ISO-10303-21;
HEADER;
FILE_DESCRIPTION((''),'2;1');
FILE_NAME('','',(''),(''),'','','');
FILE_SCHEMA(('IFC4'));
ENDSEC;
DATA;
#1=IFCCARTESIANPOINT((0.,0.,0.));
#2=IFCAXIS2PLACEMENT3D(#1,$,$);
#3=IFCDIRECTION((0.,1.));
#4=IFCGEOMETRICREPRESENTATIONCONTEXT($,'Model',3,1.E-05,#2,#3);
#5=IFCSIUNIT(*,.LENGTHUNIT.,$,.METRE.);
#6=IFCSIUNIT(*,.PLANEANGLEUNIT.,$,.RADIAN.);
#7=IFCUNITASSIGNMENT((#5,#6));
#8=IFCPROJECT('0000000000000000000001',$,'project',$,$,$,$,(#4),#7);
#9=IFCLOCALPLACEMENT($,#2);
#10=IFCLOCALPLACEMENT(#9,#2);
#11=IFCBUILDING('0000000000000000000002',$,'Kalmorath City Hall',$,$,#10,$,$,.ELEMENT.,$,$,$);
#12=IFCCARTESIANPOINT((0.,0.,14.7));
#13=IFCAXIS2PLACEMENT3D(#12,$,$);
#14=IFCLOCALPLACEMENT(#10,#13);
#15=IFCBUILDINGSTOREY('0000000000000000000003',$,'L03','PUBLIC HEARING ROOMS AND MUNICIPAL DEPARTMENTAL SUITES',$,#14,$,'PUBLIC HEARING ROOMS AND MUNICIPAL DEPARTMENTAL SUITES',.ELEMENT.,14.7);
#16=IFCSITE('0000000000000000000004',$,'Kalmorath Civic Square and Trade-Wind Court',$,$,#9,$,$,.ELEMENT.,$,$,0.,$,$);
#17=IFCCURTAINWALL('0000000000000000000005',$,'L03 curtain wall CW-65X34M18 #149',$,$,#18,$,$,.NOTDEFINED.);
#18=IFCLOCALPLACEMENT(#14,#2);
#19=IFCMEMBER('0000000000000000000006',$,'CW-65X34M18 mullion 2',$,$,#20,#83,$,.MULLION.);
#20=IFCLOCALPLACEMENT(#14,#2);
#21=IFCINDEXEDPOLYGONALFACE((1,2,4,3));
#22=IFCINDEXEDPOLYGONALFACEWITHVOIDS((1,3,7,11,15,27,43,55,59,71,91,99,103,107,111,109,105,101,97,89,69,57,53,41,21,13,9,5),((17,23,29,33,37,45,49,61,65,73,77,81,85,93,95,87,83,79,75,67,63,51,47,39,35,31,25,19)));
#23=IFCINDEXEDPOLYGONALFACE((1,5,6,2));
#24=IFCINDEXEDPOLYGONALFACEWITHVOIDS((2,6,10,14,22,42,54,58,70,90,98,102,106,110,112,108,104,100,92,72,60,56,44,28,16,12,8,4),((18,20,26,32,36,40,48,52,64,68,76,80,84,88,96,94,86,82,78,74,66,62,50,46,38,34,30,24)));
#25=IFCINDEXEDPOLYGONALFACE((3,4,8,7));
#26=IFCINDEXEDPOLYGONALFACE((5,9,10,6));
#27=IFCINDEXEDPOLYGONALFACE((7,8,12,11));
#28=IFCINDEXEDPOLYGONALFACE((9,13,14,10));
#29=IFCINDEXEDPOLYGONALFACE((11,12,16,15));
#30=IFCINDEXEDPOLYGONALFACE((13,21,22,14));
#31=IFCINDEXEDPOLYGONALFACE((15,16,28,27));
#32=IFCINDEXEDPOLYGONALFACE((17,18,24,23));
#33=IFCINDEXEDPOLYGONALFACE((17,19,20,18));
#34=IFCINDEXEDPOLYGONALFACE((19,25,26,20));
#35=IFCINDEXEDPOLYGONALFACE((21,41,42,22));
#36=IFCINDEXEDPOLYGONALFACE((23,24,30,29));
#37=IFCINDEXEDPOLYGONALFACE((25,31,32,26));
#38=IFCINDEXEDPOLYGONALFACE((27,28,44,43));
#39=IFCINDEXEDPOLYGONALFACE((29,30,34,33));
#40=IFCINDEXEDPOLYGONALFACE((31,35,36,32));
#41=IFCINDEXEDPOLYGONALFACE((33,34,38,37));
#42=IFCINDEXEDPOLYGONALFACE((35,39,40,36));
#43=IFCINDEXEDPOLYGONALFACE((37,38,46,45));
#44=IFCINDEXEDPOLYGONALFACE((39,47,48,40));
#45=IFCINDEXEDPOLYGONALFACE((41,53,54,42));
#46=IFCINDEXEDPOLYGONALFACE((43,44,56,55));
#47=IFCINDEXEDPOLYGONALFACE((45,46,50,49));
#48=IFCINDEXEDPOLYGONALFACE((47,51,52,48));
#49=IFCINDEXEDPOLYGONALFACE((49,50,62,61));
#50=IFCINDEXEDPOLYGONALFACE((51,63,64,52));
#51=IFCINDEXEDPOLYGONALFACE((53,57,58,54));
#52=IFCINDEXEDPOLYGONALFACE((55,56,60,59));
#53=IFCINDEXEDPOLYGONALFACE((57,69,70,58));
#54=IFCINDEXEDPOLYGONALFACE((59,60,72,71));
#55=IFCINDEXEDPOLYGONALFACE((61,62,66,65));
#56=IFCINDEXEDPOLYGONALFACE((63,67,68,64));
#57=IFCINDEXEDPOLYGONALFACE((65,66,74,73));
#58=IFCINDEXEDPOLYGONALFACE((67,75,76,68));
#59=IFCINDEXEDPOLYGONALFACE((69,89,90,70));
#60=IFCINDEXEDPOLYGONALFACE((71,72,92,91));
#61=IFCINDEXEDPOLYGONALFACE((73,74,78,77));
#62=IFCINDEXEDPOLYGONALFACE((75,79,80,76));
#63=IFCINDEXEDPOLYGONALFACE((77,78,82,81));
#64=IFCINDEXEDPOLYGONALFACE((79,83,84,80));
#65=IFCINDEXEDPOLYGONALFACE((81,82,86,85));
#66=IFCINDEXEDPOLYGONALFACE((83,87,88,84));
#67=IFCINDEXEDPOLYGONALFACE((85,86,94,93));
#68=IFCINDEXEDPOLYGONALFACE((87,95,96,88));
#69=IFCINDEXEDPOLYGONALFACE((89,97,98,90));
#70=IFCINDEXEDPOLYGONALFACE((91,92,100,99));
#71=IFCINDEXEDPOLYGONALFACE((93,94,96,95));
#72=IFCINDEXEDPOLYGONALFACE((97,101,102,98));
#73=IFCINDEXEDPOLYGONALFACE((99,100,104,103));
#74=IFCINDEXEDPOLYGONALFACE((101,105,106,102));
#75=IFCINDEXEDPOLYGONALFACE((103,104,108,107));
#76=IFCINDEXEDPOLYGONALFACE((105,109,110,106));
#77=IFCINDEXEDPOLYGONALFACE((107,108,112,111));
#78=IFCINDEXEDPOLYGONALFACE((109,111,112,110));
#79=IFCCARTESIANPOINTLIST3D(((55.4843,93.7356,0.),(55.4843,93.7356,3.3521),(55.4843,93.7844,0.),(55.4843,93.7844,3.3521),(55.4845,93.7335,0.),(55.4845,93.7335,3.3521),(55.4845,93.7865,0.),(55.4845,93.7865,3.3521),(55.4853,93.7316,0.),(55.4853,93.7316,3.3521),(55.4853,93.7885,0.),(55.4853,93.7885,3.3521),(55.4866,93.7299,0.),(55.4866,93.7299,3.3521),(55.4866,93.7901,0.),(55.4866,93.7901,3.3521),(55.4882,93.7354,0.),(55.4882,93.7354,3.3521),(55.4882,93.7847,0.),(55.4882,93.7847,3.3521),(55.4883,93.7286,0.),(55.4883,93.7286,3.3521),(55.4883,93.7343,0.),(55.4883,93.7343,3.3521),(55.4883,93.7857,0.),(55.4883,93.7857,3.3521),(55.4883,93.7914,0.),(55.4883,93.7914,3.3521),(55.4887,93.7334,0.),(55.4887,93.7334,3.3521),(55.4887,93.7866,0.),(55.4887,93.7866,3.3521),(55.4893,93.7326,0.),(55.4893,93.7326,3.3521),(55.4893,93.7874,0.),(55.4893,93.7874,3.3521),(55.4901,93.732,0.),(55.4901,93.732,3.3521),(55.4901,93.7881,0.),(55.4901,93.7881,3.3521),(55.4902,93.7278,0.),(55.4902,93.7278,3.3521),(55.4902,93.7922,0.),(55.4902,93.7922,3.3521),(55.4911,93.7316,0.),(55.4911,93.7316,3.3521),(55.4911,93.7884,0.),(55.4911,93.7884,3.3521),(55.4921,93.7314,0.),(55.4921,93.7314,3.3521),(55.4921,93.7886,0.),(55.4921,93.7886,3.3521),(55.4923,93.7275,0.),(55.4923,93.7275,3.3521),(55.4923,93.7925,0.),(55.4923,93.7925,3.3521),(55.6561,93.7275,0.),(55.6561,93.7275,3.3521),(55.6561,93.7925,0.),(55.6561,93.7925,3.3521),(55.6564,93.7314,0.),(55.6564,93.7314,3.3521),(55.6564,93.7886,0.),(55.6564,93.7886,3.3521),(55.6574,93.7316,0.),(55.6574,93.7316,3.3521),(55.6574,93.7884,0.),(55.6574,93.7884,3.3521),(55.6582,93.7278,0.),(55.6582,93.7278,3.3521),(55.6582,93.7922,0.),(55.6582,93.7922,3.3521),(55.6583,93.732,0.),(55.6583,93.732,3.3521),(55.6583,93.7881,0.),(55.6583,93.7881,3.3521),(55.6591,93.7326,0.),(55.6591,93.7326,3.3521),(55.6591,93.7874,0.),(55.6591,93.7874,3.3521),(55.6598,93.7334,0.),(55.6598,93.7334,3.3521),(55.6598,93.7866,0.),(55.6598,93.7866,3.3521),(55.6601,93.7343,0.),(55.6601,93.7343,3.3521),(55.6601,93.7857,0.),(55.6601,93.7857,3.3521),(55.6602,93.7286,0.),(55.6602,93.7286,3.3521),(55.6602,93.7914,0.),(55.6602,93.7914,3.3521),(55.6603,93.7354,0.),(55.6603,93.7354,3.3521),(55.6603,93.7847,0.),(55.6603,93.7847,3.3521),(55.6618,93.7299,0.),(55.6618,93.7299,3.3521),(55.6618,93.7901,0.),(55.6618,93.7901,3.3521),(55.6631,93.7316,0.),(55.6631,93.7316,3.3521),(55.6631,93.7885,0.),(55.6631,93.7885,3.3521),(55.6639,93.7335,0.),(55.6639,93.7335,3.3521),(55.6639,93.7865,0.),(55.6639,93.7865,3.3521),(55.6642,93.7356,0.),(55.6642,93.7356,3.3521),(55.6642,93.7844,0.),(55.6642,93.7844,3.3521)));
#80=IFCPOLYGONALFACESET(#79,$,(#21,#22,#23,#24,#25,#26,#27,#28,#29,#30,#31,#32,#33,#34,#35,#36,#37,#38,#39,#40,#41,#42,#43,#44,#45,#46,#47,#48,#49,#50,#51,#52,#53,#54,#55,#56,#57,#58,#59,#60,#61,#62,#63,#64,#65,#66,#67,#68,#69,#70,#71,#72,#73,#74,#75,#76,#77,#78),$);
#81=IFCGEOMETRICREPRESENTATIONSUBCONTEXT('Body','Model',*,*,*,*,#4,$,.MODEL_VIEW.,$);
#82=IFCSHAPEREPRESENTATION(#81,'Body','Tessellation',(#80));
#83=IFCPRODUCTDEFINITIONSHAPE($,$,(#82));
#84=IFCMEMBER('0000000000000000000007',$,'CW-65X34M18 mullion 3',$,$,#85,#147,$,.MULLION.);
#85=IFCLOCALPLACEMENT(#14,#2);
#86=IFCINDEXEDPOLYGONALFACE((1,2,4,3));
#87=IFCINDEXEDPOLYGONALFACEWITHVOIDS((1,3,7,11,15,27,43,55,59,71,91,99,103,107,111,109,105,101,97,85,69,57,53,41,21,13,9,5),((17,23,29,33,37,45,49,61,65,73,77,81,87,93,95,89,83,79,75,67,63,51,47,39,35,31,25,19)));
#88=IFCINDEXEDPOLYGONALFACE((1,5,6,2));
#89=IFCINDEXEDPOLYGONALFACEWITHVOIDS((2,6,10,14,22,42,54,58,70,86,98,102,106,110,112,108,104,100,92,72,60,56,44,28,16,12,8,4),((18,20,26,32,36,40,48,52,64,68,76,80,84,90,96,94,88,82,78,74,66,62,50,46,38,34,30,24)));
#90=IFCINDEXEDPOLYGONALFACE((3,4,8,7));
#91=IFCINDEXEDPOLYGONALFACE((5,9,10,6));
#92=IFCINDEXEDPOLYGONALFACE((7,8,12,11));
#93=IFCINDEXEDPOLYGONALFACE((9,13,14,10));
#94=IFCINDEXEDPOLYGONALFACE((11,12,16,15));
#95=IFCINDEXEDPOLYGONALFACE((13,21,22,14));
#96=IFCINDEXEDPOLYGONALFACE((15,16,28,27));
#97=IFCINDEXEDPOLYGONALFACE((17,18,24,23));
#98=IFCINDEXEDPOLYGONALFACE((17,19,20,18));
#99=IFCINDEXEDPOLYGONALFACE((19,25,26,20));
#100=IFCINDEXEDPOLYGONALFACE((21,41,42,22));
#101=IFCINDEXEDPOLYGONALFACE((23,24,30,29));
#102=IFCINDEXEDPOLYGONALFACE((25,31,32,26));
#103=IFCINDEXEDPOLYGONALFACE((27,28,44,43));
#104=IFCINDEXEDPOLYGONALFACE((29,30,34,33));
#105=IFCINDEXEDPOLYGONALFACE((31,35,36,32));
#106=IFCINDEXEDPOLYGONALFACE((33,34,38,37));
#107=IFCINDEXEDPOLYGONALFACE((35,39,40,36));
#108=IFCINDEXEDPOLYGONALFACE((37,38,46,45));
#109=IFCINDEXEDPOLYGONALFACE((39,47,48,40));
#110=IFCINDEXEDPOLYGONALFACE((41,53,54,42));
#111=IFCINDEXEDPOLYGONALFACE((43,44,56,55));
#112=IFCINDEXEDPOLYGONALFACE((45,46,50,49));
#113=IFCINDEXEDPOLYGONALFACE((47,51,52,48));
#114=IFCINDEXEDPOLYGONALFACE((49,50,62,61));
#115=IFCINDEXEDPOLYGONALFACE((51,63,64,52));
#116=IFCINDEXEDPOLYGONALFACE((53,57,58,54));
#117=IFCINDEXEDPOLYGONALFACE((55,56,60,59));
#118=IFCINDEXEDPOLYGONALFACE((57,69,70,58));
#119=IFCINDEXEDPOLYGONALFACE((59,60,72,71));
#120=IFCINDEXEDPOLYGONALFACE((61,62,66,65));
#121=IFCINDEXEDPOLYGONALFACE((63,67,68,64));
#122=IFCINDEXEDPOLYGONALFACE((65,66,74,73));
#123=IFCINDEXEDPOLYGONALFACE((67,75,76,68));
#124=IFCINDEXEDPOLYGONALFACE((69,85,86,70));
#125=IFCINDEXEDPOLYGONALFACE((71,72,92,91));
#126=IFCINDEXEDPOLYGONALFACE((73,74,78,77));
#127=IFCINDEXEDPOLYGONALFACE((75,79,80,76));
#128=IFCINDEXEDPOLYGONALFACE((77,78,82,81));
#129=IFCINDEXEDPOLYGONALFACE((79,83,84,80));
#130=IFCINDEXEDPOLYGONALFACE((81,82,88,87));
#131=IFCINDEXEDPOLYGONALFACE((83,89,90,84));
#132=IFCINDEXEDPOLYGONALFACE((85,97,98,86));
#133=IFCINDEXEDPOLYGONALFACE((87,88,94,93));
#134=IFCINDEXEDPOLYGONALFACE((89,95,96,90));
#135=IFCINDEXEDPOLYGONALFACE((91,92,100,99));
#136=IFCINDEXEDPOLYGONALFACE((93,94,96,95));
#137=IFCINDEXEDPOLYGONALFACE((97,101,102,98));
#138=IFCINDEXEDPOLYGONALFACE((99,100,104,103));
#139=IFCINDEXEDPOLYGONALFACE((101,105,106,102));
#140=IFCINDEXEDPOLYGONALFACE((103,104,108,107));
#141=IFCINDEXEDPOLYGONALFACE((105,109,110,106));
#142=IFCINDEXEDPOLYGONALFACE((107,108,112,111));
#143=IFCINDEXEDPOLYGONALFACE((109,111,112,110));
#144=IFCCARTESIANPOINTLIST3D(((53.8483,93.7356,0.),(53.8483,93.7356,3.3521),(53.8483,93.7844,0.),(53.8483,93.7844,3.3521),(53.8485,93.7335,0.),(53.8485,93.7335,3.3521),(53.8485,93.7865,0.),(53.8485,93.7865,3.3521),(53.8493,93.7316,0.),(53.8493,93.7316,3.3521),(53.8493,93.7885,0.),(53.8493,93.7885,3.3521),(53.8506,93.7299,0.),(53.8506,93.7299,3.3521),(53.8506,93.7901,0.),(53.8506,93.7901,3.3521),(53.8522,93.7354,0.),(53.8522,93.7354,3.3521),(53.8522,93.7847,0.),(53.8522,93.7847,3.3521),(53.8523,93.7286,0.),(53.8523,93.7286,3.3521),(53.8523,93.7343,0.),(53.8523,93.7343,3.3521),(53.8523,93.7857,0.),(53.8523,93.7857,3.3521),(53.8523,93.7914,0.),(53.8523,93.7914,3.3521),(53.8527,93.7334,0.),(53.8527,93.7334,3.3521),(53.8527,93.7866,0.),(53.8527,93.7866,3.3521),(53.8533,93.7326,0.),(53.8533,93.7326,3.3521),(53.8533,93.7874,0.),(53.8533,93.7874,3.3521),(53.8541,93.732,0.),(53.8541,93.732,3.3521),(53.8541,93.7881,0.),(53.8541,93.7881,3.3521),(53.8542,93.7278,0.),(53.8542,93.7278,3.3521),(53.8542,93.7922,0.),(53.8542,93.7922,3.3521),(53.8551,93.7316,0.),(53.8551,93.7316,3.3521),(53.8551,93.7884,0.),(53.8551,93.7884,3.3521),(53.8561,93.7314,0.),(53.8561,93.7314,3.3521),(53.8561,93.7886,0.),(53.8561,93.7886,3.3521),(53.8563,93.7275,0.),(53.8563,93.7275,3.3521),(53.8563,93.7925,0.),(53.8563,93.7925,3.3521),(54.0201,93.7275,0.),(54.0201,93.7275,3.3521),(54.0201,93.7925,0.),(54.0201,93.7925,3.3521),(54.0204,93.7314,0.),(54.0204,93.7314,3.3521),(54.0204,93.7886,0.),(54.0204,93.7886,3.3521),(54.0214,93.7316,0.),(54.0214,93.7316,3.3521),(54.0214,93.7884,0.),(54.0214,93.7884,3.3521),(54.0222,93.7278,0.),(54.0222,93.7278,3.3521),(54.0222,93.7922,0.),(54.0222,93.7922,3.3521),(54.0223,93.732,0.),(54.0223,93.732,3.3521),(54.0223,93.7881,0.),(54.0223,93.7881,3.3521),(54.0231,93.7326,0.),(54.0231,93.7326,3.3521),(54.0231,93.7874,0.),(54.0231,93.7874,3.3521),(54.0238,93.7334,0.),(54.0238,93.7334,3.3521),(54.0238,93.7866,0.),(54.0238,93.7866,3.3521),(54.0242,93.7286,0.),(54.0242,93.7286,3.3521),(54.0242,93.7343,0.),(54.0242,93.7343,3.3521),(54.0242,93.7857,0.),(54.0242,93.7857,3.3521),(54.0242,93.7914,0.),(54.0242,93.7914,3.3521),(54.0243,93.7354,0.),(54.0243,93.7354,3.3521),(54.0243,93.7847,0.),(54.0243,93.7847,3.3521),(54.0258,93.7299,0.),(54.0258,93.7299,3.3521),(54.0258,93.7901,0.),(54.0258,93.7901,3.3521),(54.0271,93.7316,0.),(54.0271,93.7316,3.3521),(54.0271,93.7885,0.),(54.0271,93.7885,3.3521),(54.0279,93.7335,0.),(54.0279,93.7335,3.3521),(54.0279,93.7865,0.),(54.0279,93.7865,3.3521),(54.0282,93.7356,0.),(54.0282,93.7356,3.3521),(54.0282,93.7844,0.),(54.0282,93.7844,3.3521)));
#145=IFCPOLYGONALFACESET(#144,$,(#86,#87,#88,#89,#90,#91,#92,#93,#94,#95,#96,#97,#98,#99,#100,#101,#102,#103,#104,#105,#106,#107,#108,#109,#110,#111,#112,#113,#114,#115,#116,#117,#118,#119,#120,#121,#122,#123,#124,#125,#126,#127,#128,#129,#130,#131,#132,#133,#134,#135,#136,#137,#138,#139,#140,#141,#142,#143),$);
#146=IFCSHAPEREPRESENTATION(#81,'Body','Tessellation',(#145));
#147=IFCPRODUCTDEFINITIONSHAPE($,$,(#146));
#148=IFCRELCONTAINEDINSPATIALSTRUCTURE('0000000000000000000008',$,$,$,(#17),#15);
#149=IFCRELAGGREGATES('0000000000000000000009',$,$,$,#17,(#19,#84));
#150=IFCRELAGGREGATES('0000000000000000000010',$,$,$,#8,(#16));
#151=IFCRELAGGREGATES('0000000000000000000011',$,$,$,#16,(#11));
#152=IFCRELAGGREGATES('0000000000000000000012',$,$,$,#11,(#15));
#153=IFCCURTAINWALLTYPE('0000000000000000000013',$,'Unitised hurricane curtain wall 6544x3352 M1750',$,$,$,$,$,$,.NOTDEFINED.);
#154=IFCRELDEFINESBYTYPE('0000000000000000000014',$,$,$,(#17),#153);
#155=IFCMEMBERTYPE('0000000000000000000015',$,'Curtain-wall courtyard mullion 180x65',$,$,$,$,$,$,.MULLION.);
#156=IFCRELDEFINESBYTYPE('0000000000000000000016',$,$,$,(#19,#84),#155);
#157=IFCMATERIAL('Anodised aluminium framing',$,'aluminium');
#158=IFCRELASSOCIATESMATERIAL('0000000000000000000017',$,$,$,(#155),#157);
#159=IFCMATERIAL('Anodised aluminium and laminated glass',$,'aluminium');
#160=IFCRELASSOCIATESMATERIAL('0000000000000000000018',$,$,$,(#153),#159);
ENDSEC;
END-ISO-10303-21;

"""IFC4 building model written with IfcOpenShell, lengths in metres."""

from ifc_helpers import new_model, si_unit, direction, frame, origin, origin_2d, place, context, subcontext, project, spatial, hollow_rectangle, extrude, material, material_profile, profile_set, type_object, element, aggregate, save


model = new_model("IFC4")

# Units and contexts
model_context = context("Model", 3, precision=1e-05, world=origin(), true_north=direction((0.0, 1.0)))
body_context = subcontext(model_context, "Body", "Model", "MODEL_VIEW")
ifc_project = project(units=[si_unit("LENGTHUNIT", "METRE"), si_unit("PLANEANGLEUNIT", "RADIAN")], contexts=[model_context])

# Site, building, storey
site_placement = place(None, origin())
site = spatial("IfcSite", under=ifc_project, at=site_placement, Name="Kalmorath Civic Square and Trade-Wind Court", CompositionType="ELEMENT", RefElevation=0.0)
building_placement = place(site_placement, origin())
building = spatial("IfcBuilding", under=site, at=building_placement, Name="Kalmorath City Hall", CompositionType="ELEMENT")
storey_placement = place(building_placement, frame((0.0, 0.0, 14.7)))
storey = spatial("IfcBuildingStorey", under=building, at=storey_placement, Name="L03", Description="PUBLIC HEARING ROOMS AND MUNICIPAL DEPARTMENTAL SUITES", LongName="PUBLIC HEARING ROOMS AND MUNICIPAL DEPARTMENTAL SUITES", CompositionType="ELEMENT", Elevation=14.7)

# Shared definitions
ifc_material_1 = material(Name="Anodised aluminium framing", Category="aluminium")
ifc_material_profile_1 = material_profile(ifc_material_1, hollow_rectangle(XDim=0.0649, YDim=0.1799, WallThickness=0.0039, InnerFilletRadius=0.0039, OuterFilletRadius=0.0081, at=origin_2d()), Name="ALU-MUL-180X65X4")
ifc_profile_set_1 = profile_set([ifc_material_profile_1], Name="Anodised aluminium framing")
member_type_1 = type_object("IfcMemberType", Name="Curtain-wall courtyard mullion 180x65", PredefinedType="MULLION", material=ifc_profile_set_1)

# Curtain wall, members
ifc_material_2 = material(Name="Anodised aluminium and laminated glass", Category="aluminium")
curtain_wall_type_1 = type_object("IfcCurtainWallType", Name="Unitised hurricane curtain wall 6544x3352 M1750", PredefinedType="NOTDEFINED", material=ifc_material_2)
curtain_wall_1_placement = place(storey_placement, origin())
curtain_wall_1 = element("IfcCurtainWall", 1, at=curtain_wall_1_placement, inside=storey, type_object=curtain_wall_type_1, Name="L03 curtain wall CW-65X34M18 #149", PredefinedType="NOTDEFINED")
member_1_placement = place(storey_placement, frame((55.5742, 93.76, 0.0), z_axis=(0.0, 0.0, 1.0), x_axis=(0.0, -1.0, 0.0)))
member_1 = element("IfcMember", 2, at=member_1_placement, type_object=member_type_1, Name="CW-65X34M18 mullion 2", PredefinedType="MULLION", context=body_context, shape_type="SweptSolid", body=[
    extrude(hollow_rectangle(XDim=0.0649, YDim=0.1799, WallThickness=0.0039, InnerFilletRadius=0.0039, OuterFilletRadius=0.0081, at=origin_2d()), origin(), (0.0, 0.0, 1.0), 3.3521),
])
member_2_placement = place(storey_placement, frame((53.9382, 93.76, 0.0), z_axis=(0.0, 0.0, 1.0), x_axis=(0.0, -1.0, 0.0)))
member_2 = element("IfcMember", 3, at=member_2_placement, type_object=member_type_1, Name="CW-65X34M18 mullion 3", PredefinedType="MULLION", context=body_context, shape_type="SweptSolid", body=[
    extrude(hollow_rectangle(XDim=0.0649, YDim=0.1799, WallThickness=0.0039, InnerFilletRadius=0.0039, OuterFilletRadius=0.0081, at=origin_2d()), origin(), (0.0, 0.0, 1.0), 3.3521),
])

aggregate(curtain_wall_1, [member_1, member_2])

save(model, "model.ifc")
